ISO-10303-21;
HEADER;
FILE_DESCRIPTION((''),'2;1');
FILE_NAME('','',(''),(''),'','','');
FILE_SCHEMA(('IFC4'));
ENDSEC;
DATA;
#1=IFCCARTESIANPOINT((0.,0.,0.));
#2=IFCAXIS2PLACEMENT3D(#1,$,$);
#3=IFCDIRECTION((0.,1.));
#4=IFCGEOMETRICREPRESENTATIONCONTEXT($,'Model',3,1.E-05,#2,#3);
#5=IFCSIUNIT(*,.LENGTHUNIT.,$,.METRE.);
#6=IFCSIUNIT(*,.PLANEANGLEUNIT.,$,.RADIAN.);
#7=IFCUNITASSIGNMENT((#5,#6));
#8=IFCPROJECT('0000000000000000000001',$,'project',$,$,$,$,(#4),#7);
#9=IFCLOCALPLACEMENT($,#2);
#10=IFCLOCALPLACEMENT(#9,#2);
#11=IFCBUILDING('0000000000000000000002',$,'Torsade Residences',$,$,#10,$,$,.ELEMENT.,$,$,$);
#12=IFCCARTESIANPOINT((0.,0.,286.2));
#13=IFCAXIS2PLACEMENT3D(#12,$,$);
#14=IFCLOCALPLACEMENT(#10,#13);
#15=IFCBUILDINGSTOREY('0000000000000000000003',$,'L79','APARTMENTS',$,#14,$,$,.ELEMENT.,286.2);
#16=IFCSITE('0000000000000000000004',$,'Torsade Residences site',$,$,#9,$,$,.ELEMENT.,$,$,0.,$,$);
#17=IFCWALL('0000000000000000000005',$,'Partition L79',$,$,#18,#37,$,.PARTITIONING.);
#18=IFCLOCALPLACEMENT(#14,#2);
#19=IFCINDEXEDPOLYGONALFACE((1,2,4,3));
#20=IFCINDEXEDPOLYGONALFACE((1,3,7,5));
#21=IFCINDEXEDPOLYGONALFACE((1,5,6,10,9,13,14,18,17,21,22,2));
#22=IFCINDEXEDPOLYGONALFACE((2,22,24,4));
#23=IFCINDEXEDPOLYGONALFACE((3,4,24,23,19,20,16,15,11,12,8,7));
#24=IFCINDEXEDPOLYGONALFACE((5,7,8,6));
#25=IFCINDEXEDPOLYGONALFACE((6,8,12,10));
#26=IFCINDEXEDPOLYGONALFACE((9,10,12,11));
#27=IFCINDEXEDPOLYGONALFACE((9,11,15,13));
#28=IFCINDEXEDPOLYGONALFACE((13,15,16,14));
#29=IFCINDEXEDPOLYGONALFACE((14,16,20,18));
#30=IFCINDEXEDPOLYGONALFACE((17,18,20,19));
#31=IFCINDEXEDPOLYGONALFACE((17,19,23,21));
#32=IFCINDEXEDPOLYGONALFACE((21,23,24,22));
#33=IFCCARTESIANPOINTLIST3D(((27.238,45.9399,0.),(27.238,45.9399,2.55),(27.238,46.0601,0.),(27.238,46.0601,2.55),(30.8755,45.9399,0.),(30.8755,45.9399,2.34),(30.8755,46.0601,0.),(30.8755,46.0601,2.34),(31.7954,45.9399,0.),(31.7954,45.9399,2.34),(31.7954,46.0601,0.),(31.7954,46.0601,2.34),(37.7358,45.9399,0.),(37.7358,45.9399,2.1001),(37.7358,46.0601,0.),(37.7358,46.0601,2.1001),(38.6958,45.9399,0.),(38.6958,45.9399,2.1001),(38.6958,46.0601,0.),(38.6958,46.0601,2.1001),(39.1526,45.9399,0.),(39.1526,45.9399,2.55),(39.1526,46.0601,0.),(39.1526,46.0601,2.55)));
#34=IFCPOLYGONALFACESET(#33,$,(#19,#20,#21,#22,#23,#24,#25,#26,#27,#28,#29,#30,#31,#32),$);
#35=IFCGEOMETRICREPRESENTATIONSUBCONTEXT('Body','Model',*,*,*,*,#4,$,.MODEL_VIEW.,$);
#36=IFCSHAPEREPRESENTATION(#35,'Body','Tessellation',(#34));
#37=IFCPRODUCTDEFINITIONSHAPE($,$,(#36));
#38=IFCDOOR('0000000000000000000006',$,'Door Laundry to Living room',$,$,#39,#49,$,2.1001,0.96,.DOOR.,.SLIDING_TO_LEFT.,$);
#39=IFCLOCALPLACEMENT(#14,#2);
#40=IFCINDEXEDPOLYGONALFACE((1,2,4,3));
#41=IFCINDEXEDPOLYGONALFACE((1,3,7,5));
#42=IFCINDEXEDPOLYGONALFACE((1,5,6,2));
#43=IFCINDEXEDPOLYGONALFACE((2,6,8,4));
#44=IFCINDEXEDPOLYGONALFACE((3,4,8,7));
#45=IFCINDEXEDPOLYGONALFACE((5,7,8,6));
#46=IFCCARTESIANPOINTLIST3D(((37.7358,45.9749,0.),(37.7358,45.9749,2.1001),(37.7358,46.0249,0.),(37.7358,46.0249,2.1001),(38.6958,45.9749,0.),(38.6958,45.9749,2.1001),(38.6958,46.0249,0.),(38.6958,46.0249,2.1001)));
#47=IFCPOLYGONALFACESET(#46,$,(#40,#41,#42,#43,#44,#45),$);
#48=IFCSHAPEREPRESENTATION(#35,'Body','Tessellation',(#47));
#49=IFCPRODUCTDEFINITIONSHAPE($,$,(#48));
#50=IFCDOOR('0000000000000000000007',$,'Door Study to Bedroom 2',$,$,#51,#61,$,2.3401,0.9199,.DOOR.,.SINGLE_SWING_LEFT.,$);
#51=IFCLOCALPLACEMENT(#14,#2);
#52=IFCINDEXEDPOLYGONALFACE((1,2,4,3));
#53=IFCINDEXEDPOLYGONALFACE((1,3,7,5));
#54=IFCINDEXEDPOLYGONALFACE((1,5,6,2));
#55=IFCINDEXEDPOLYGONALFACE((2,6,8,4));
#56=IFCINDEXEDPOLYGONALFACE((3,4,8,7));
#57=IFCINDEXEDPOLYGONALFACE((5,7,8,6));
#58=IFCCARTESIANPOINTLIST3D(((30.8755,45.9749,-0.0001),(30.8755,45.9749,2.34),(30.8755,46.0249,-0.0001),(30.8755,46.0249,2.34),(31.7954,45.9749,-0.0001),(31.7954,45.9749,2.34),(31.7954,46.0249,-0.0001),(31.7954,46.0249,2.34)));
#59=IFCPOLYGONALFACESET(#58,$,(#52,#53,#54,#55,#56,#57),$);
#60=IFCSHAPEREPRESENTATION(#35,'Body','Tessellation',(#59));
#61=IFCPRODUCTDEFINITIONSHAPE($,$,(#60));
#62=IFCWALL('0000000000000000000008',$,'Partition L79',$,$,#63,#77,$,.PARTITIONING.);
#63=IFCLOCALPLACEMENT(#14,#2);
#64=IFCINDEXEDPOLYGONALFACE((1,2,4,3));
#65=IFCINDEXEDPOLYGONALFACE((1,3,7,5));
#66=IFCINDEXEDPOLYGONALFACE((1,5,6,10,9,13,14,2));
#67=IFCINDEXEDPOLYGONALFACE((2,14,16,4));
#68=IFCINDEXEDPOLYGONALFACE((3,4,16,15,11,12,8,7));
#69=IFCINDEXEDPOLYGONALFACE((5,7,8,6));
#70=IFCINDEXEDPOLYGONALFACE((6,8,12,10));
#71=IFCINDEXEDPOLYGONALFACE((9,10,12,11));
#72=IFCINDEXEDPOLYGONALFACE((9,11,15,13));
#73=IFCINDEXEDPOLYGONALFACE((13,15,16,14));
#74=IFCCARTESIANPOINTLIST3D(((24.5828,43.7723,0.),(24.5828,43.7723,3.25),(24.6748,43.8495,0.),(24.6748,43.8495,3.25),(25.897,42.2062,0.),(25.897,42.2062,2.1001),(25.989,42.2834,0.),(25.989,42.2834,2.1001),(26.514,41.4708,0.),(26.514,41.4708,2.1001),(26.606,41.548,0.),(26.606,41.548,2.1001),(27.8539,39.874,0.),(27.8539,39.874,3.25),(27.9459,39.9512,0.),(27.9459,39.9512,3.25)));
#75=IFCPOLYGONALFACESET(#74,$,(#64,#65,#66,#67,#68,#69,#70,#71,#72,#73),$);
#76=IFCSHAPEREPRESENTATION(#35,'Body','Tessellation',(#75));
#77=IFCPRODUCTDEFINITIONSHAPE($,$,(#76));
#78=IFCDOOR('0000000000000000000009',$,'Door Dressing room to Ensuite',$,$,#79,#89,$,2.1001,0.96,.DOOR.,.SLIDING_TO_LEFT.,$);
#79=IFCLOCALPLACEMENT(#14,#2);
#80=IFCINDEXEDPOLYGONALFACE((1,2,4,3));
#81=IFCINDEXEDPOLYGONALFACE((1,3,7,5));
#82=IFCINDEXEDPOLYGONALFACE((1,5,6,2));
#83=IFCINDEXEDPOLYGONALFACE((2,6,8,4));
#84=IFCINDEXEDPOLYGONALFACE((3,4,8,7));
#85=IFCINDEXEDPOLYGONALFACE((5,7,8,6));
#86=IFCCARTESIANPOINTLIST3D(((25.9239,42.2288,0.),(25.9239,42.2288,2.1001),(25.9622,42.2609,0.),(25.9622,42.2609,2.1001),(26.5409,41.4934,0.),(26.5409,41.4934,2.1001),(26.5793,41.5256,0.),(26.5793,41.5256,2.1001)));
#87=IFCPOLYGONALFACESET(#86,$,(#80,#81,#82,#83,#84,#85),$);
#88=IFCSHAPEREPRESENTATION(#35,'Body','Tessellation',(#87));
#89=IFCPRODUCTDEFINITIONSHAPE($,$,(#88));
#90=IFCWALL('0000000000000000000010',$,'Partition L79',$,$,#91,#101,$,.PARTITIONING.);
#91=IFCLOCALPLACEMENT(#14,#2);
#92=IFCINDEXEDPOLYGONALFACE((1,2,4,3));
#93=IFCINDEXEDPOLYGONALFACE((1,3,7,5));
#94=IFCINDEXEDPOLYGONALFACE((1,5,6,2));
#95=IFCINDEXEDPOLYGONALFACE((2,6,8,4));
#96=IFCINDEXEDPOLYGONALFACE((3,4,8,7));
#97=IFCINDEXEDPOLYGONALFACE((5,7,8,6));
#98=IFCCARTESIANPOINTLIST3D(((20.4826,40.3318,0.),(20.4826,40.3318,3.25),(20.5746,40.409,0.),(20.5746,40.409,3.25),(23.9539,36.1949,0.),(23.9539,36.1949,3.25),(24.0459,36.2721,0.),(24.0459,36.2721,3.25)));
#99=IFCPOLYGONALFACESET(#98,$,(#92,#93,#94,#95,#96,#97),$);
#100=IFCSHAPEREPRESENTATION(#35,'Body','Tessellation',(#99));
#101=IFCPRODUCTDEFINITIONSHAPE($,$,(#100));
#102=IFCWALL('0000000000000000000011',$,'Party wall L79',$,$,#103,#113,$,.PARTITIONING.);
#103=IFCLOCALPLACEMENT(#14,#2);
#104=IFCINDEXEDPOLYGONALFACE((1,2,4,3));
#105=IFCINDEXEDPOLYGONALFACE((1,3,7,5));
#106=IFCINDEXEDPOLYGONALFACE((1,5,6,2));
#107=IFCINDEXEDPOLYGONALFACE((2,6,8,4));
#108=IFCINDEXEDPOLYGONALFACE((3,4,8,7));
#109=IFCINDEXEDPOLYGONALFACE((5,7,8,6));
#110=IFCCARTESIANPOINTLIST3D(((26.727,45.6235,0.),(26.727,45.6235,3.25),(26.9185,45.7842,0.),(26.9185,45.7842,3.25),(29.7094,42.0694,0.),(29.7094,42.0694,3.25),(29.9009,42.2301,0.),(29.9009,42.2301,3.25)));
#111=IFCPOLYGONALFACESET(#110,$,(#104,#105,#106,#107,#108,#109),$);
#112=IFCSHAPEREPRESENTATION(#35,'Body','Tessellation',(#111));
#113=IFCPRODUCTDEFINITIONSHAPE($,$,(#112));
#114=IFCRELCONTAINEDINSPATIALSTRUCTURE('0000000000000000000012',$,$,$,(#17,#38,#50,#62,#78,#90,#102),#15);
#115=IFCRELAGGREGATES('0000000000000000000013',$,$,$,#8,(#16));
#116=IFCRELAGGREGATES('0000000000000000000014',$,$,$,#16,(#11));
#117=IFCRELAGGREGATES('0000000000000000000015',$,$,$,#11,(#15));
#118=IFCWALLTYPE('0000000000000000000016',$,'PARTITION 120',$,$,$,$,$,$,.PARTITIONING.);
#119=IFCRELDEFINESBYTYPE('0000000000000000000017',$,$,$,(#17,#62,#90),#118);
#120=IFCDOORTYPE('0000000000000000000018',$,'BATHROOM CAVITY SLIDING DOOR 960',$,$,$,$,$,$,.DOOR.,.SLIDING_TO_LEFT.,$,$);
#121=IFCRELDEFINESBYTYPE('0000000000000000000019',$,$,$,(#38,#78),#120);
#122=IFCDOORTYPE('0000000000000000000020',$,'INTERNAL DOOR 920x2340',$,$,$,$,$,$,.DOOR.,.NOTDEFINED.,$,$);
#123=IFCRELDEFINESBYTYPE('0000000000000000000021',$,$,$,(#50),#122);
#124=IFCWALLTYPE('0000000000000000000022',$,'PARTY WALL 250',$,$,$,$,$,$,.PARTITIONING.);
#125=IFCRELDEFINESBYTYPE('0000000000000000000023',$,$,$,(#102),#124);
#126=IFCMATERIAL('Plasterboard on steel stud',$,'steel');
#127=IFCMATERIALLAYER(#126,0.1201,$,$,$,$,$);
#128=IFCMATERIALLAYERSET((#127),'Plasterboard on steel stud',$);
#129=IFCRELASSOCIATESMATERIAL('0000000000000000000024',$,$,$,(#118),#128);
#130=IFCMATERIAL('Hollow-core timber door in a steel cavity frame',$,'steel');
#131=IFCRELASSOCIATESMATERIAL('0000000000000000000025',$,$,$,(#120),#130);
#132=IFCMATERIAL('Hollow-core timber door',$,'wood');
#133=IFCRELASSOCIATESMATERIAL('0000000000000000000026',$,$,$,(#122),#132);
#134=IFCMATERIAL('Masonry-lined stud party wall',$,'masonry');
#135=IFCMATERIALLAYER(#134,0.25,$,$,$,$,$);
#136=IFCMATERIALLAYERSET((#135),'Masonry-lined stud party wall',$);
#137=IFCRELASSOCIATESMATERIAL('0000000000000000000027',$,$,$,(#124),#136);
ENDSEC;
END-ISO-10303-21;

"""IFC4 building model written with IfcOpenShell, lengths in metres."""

from ifc_helpers import new_model, si_unit, direction, frame, frame_2d, origin, place, context, subcontext, project, spatial, rectangle, extrude, material, layer, layer_set, type_object, element, fill, save


model = new_model("IFC4")

# Units and contexts
model_context = context("Model", 3, precision=1e-05, world=origin(), true_north=direction((0.0, 1.0)))
body_context = subcontext(model_context, "Body", "Model", "MODEL_VIEW")
ifc_project = project(units=[si_unit("LENGTHUNIT", "METRE"), si_unit("PLANEANGLEUNIT", "RADIAN")], contexts=[model_context])

# Site, building, storey
site_placement = place(None, origin())
site = spatial("IfcSite", under=ifc_project, at=site_placement, Name="Torsade Residences site", CompositionType="ELEMENT", RefElevation=0.0)
building_placement = place(site_placement, origin())
building = spatial("IfcBuilding", under=site, at=building_placement, Name="Torsade Residences", CompositionType="ELEMENT")
storey_placement = place(building_placement, frame((0.0, 0.0, 286.2)))
storey = spatial("IfcBuildingStorey", under=building, at=storey_placement, Name="L79", Description="APARTMENTS", CompositionType="ELEMENT", Elevation=286.2)

# Wall, openings, doors
ifc_material_1 = material(Name="Plasterboard on steel stud", Category="steel")
ifc_layer_1 = layer(ifc_material_1, 0.1201)
ifc_layer_set_1 = layer_set([ifc_layer_1], Name="Plasterboard on steel stud")
wall_type_1 = type_object("IfcWallType", Name="PARTITION 120", PredefinedType="PARTITIONING", material=ifc_layer_set_1)
wall_1_placement = place(storey_placement, frame((27.238, 46.0, 0.0), z_axis=(0.0, 0.0, 1.0), x_axis=(1.0, 0.0, 0.0)))
wall_1 = element("IfcWall", 1, at=wall_1_placement, inside=storey, type_object=wall_type_1, Name="Partition L79", PredefinedType="PARTITIONING", context=body_context, shape_type="SweptSolid", body=[
    extrude(rectangle(XDim=11.9146, YDim=0.1201, at=frame_2d((5.9573, 0.0))), origin(), (0.0, 0.0, 1.0), 2.55),
])
opening_1_placement = place(wall_1_placement, frame((3.6375, 0.0, 0.0)))
opening_1 = element("IfcOpeningElement", 2, at=opening_1_placement, cuts=wall_1, PredefinedType="OPENING", context=body_context, shape_type="SweptSolid", body=[
    extrude(rectangle(XDim=0.9199, YDim=2.3401, at=frame_2d((0.46, 1.1699))), frame((0.0, 0.0701, 0.0), z_axis=(0.0, -1.0, 0.0), x_axis=(1.0, 0.0, 0.0)), (0.0, 0.0, 1.0), 0.1401),
])
opening_2_placement = place(wall_1_placement, frame((10.4978, 0.0, 0.0)))
opening_2 = element("IfcOpeningElement", 3, at=opening_2_placement, cuts=wall_1, PredefinedType="OPENING", context=body_context, shape_type="SweptSolid", body=[
    extrude(rectangle(XDim=0.96, YDim=2.1001, at=frame_2d((0.48, 1.05))), frame((0.0, 0.0701, 0.0), z_axis=(0.0, -1.0, 0.0), x_axis=(1.0, 0.0, 0.0)), (0.0, 0.0, 1.0), 0.1401),
])
ifc_material_2 = material(Name="Hollow-core timber door in a steel cavity frame", Category="steel")
door_type_1 = type_object("IfcDoorType", Name="BATHROOM CAVITY SLIDING DOOR 960", OperationType="SLIDING_TO_LEFT", PredefinedType="DOOR", material=ifc_material_2)
door_1_placement = place(opening_2_placement, origin())
door_1 = element("IfcDoor", 4, at=door_1_placement, inside=storey, type_object=door_type_1, Name="Door Laundry to Living room", OperationType="SLIDING_TO_LEFT", OverallHeight=2.1001, OverallWidth=0.96, PredefinedType="DOOR", context=body_context, shape_type="SweptSolid", body=[
    extrude(rectangle(XDim=0.96, YDim=2.1001, at=frame_2d((0.48, 1.05))), frame((0.0, 0.0249, 0.0), z_axis=(0.0, -1.0, 0.0), x_axis=(1.0, 0.0, 0.0)), (0.0, 0.0, 1.0), 0.05),
])
fill(opening_2, door_1)
ifc_material_3 = material(Name="Hollow-core timber door", Category="wood")
door_type_2 = type_object("IfcDoorType", Name="INTERNAL DOOR 920x2340", OperationType="NOTDEFINED", PredefinedType="DOOR", material=ifc_material_3)
door_2_placement = place(opening_1_placement, origin())
door_2 = element("IfcDoor", 5, at=door_2_placement, inside=storey, type_object=door_type_2, Name="Door Study to Bedroom 2", OperationType="SINGLE_SWING_LEFT", OverallHeight=2.3401, OverallWidth=0.9199, PredefinedType="DOOR", context=body_context, shape_type="SweptSolid", body=[
    extrude(rectangle(XDim=0.9199, YDim=2.3401, at=frame_2d((0.46, 1.1699))), frame((0.0, 0.0249, 0.0), z_axis=(0.0, -1.0, 0.0), x_axis=(1.0, 0.0, 0.0)), (0.0, 0.0, 1.0), 0.05),
])
fill(opening_1, door_2)

# Wall, opening, door
wall_2_placement = place(storey_placement, frame((27.8999, 39.9126, 0.0), z_axis=(0.0, 0.0, 1.0), x_axis=(-0.64279, 0.766042, 0.0)))
wall_2 = element("IfcWall", 6, at=wall_2_placement, inside=storey, type_object=wall_type_1, Name="Partition L79", PredefinedType="PARTITIONING", context=body_context, shape_type="SweptSolid", body=[
    extrude(rectangle(XDim=5.0889, YDim=0.1201, at=frame_2d((2.5444, 0.0))), origin(), (0.0, 0.0, 1.0), 3.25),
])
opening_3_placement = place(wall_2_placement, frame((2.0845, 0.0, 0.0)))
opening_3 = element("IfcOpeningElement", 7, at=opening_3_placement, cuts=wall_2, PredefinedType="OPENING", context=body_context, shape_type="SweptSolid", body=[
    extrude(rectangle(XDim=0.96, YDim=2.1001, at=frame_2d((0.48, 1.05))), frame((0.0, 0.0701, 0.0), z_axis=(0.0, -1.0, 0.0), x_axis=(1.0, 0.0, 0.0)), (0.0, 0.0, 1.0), 0.1401),
])
door_3_placement = place(opening_3_placement, origin())
door_3 = element("IfcDoor", 8, at=door_3_placement, inside=storey, type_object=door_type_1, Name="Door Dressing room to Ensuite", OperationType="SLIDING_TO_LEFT", OverallHeight=2.1001, OverallWidth=0.96, PredefinedType="DOOR", context=body_context, shape_type="SweptSolid", body=[
    extrude(rectangle(XDim=0.96, YDim=2.1001, at=frame_2d((0.48, 1.05))), frame((0.0, 0.0249, 0.0), z_axis=(0.0, -1.0, 0.0), x_axis=(1.0, 0.0, 0.0)), (0.0, 0.0, 1.0), 0.05),
])
fill(opening_3, door_3)

# Walls
wall_3_placement = place(storey_placement, frame((20.5286, 40.3704, 0.0), z_axis=(0.0, 0.0, 1.0), x_axis=(0.6428, -0.766034, 0.0)))
element("IfcWall", 9, at=wall_3_placement, inside=storey, type_object=wall_type_1, Name="Partition L79", PredefinedType="PARTITIONING", context=body_context, shape_type="SweptSolid", body=[
    extrude(rectangle(XDim=5.4004, YDim=0.1201, at=frame_2d((2.7002, 0.0))), origin(), (0.0, 0.0, 1.0), 3.25),
])
ifc_material_4 = material(Name="Masonry-lined stud party wall", Category="masonry")
ifc_layer_2 = layer(ifc_material_4, 0.25)
ifc_layer_set_2 = layer_set([ifc_layer_2], Name="Masonry-lined stud party wall")
wall_type_2 = type_object("IfcWallType", Name="PARTY WALL 250", PredefinedType="PARTITIONING", material=ifc_layer_set_2)
wall_4_placement = place(storey_placement, frame((26.8228, 45.7039, 0.0), z_axis=(0.0, 0.0, 1.0), x_axis=(0.6428, -0.766034, 0.0)))
element("IfcWall", 10, at=wall_4_placement, inside=storey, type_object=wall_type_2, Name="Party wall L79", PredefinedType="PARTITIONING", context=body_context, shape_type="SweptSolid", body=[
    extrude(rectangle(XDim=4.6396, YDim=0.25, at=frame_2d((2.3198, 0.0))), origin(), (0.0, 0.0, 1.0), 3.25),
])

save(model, "model.ifc")
